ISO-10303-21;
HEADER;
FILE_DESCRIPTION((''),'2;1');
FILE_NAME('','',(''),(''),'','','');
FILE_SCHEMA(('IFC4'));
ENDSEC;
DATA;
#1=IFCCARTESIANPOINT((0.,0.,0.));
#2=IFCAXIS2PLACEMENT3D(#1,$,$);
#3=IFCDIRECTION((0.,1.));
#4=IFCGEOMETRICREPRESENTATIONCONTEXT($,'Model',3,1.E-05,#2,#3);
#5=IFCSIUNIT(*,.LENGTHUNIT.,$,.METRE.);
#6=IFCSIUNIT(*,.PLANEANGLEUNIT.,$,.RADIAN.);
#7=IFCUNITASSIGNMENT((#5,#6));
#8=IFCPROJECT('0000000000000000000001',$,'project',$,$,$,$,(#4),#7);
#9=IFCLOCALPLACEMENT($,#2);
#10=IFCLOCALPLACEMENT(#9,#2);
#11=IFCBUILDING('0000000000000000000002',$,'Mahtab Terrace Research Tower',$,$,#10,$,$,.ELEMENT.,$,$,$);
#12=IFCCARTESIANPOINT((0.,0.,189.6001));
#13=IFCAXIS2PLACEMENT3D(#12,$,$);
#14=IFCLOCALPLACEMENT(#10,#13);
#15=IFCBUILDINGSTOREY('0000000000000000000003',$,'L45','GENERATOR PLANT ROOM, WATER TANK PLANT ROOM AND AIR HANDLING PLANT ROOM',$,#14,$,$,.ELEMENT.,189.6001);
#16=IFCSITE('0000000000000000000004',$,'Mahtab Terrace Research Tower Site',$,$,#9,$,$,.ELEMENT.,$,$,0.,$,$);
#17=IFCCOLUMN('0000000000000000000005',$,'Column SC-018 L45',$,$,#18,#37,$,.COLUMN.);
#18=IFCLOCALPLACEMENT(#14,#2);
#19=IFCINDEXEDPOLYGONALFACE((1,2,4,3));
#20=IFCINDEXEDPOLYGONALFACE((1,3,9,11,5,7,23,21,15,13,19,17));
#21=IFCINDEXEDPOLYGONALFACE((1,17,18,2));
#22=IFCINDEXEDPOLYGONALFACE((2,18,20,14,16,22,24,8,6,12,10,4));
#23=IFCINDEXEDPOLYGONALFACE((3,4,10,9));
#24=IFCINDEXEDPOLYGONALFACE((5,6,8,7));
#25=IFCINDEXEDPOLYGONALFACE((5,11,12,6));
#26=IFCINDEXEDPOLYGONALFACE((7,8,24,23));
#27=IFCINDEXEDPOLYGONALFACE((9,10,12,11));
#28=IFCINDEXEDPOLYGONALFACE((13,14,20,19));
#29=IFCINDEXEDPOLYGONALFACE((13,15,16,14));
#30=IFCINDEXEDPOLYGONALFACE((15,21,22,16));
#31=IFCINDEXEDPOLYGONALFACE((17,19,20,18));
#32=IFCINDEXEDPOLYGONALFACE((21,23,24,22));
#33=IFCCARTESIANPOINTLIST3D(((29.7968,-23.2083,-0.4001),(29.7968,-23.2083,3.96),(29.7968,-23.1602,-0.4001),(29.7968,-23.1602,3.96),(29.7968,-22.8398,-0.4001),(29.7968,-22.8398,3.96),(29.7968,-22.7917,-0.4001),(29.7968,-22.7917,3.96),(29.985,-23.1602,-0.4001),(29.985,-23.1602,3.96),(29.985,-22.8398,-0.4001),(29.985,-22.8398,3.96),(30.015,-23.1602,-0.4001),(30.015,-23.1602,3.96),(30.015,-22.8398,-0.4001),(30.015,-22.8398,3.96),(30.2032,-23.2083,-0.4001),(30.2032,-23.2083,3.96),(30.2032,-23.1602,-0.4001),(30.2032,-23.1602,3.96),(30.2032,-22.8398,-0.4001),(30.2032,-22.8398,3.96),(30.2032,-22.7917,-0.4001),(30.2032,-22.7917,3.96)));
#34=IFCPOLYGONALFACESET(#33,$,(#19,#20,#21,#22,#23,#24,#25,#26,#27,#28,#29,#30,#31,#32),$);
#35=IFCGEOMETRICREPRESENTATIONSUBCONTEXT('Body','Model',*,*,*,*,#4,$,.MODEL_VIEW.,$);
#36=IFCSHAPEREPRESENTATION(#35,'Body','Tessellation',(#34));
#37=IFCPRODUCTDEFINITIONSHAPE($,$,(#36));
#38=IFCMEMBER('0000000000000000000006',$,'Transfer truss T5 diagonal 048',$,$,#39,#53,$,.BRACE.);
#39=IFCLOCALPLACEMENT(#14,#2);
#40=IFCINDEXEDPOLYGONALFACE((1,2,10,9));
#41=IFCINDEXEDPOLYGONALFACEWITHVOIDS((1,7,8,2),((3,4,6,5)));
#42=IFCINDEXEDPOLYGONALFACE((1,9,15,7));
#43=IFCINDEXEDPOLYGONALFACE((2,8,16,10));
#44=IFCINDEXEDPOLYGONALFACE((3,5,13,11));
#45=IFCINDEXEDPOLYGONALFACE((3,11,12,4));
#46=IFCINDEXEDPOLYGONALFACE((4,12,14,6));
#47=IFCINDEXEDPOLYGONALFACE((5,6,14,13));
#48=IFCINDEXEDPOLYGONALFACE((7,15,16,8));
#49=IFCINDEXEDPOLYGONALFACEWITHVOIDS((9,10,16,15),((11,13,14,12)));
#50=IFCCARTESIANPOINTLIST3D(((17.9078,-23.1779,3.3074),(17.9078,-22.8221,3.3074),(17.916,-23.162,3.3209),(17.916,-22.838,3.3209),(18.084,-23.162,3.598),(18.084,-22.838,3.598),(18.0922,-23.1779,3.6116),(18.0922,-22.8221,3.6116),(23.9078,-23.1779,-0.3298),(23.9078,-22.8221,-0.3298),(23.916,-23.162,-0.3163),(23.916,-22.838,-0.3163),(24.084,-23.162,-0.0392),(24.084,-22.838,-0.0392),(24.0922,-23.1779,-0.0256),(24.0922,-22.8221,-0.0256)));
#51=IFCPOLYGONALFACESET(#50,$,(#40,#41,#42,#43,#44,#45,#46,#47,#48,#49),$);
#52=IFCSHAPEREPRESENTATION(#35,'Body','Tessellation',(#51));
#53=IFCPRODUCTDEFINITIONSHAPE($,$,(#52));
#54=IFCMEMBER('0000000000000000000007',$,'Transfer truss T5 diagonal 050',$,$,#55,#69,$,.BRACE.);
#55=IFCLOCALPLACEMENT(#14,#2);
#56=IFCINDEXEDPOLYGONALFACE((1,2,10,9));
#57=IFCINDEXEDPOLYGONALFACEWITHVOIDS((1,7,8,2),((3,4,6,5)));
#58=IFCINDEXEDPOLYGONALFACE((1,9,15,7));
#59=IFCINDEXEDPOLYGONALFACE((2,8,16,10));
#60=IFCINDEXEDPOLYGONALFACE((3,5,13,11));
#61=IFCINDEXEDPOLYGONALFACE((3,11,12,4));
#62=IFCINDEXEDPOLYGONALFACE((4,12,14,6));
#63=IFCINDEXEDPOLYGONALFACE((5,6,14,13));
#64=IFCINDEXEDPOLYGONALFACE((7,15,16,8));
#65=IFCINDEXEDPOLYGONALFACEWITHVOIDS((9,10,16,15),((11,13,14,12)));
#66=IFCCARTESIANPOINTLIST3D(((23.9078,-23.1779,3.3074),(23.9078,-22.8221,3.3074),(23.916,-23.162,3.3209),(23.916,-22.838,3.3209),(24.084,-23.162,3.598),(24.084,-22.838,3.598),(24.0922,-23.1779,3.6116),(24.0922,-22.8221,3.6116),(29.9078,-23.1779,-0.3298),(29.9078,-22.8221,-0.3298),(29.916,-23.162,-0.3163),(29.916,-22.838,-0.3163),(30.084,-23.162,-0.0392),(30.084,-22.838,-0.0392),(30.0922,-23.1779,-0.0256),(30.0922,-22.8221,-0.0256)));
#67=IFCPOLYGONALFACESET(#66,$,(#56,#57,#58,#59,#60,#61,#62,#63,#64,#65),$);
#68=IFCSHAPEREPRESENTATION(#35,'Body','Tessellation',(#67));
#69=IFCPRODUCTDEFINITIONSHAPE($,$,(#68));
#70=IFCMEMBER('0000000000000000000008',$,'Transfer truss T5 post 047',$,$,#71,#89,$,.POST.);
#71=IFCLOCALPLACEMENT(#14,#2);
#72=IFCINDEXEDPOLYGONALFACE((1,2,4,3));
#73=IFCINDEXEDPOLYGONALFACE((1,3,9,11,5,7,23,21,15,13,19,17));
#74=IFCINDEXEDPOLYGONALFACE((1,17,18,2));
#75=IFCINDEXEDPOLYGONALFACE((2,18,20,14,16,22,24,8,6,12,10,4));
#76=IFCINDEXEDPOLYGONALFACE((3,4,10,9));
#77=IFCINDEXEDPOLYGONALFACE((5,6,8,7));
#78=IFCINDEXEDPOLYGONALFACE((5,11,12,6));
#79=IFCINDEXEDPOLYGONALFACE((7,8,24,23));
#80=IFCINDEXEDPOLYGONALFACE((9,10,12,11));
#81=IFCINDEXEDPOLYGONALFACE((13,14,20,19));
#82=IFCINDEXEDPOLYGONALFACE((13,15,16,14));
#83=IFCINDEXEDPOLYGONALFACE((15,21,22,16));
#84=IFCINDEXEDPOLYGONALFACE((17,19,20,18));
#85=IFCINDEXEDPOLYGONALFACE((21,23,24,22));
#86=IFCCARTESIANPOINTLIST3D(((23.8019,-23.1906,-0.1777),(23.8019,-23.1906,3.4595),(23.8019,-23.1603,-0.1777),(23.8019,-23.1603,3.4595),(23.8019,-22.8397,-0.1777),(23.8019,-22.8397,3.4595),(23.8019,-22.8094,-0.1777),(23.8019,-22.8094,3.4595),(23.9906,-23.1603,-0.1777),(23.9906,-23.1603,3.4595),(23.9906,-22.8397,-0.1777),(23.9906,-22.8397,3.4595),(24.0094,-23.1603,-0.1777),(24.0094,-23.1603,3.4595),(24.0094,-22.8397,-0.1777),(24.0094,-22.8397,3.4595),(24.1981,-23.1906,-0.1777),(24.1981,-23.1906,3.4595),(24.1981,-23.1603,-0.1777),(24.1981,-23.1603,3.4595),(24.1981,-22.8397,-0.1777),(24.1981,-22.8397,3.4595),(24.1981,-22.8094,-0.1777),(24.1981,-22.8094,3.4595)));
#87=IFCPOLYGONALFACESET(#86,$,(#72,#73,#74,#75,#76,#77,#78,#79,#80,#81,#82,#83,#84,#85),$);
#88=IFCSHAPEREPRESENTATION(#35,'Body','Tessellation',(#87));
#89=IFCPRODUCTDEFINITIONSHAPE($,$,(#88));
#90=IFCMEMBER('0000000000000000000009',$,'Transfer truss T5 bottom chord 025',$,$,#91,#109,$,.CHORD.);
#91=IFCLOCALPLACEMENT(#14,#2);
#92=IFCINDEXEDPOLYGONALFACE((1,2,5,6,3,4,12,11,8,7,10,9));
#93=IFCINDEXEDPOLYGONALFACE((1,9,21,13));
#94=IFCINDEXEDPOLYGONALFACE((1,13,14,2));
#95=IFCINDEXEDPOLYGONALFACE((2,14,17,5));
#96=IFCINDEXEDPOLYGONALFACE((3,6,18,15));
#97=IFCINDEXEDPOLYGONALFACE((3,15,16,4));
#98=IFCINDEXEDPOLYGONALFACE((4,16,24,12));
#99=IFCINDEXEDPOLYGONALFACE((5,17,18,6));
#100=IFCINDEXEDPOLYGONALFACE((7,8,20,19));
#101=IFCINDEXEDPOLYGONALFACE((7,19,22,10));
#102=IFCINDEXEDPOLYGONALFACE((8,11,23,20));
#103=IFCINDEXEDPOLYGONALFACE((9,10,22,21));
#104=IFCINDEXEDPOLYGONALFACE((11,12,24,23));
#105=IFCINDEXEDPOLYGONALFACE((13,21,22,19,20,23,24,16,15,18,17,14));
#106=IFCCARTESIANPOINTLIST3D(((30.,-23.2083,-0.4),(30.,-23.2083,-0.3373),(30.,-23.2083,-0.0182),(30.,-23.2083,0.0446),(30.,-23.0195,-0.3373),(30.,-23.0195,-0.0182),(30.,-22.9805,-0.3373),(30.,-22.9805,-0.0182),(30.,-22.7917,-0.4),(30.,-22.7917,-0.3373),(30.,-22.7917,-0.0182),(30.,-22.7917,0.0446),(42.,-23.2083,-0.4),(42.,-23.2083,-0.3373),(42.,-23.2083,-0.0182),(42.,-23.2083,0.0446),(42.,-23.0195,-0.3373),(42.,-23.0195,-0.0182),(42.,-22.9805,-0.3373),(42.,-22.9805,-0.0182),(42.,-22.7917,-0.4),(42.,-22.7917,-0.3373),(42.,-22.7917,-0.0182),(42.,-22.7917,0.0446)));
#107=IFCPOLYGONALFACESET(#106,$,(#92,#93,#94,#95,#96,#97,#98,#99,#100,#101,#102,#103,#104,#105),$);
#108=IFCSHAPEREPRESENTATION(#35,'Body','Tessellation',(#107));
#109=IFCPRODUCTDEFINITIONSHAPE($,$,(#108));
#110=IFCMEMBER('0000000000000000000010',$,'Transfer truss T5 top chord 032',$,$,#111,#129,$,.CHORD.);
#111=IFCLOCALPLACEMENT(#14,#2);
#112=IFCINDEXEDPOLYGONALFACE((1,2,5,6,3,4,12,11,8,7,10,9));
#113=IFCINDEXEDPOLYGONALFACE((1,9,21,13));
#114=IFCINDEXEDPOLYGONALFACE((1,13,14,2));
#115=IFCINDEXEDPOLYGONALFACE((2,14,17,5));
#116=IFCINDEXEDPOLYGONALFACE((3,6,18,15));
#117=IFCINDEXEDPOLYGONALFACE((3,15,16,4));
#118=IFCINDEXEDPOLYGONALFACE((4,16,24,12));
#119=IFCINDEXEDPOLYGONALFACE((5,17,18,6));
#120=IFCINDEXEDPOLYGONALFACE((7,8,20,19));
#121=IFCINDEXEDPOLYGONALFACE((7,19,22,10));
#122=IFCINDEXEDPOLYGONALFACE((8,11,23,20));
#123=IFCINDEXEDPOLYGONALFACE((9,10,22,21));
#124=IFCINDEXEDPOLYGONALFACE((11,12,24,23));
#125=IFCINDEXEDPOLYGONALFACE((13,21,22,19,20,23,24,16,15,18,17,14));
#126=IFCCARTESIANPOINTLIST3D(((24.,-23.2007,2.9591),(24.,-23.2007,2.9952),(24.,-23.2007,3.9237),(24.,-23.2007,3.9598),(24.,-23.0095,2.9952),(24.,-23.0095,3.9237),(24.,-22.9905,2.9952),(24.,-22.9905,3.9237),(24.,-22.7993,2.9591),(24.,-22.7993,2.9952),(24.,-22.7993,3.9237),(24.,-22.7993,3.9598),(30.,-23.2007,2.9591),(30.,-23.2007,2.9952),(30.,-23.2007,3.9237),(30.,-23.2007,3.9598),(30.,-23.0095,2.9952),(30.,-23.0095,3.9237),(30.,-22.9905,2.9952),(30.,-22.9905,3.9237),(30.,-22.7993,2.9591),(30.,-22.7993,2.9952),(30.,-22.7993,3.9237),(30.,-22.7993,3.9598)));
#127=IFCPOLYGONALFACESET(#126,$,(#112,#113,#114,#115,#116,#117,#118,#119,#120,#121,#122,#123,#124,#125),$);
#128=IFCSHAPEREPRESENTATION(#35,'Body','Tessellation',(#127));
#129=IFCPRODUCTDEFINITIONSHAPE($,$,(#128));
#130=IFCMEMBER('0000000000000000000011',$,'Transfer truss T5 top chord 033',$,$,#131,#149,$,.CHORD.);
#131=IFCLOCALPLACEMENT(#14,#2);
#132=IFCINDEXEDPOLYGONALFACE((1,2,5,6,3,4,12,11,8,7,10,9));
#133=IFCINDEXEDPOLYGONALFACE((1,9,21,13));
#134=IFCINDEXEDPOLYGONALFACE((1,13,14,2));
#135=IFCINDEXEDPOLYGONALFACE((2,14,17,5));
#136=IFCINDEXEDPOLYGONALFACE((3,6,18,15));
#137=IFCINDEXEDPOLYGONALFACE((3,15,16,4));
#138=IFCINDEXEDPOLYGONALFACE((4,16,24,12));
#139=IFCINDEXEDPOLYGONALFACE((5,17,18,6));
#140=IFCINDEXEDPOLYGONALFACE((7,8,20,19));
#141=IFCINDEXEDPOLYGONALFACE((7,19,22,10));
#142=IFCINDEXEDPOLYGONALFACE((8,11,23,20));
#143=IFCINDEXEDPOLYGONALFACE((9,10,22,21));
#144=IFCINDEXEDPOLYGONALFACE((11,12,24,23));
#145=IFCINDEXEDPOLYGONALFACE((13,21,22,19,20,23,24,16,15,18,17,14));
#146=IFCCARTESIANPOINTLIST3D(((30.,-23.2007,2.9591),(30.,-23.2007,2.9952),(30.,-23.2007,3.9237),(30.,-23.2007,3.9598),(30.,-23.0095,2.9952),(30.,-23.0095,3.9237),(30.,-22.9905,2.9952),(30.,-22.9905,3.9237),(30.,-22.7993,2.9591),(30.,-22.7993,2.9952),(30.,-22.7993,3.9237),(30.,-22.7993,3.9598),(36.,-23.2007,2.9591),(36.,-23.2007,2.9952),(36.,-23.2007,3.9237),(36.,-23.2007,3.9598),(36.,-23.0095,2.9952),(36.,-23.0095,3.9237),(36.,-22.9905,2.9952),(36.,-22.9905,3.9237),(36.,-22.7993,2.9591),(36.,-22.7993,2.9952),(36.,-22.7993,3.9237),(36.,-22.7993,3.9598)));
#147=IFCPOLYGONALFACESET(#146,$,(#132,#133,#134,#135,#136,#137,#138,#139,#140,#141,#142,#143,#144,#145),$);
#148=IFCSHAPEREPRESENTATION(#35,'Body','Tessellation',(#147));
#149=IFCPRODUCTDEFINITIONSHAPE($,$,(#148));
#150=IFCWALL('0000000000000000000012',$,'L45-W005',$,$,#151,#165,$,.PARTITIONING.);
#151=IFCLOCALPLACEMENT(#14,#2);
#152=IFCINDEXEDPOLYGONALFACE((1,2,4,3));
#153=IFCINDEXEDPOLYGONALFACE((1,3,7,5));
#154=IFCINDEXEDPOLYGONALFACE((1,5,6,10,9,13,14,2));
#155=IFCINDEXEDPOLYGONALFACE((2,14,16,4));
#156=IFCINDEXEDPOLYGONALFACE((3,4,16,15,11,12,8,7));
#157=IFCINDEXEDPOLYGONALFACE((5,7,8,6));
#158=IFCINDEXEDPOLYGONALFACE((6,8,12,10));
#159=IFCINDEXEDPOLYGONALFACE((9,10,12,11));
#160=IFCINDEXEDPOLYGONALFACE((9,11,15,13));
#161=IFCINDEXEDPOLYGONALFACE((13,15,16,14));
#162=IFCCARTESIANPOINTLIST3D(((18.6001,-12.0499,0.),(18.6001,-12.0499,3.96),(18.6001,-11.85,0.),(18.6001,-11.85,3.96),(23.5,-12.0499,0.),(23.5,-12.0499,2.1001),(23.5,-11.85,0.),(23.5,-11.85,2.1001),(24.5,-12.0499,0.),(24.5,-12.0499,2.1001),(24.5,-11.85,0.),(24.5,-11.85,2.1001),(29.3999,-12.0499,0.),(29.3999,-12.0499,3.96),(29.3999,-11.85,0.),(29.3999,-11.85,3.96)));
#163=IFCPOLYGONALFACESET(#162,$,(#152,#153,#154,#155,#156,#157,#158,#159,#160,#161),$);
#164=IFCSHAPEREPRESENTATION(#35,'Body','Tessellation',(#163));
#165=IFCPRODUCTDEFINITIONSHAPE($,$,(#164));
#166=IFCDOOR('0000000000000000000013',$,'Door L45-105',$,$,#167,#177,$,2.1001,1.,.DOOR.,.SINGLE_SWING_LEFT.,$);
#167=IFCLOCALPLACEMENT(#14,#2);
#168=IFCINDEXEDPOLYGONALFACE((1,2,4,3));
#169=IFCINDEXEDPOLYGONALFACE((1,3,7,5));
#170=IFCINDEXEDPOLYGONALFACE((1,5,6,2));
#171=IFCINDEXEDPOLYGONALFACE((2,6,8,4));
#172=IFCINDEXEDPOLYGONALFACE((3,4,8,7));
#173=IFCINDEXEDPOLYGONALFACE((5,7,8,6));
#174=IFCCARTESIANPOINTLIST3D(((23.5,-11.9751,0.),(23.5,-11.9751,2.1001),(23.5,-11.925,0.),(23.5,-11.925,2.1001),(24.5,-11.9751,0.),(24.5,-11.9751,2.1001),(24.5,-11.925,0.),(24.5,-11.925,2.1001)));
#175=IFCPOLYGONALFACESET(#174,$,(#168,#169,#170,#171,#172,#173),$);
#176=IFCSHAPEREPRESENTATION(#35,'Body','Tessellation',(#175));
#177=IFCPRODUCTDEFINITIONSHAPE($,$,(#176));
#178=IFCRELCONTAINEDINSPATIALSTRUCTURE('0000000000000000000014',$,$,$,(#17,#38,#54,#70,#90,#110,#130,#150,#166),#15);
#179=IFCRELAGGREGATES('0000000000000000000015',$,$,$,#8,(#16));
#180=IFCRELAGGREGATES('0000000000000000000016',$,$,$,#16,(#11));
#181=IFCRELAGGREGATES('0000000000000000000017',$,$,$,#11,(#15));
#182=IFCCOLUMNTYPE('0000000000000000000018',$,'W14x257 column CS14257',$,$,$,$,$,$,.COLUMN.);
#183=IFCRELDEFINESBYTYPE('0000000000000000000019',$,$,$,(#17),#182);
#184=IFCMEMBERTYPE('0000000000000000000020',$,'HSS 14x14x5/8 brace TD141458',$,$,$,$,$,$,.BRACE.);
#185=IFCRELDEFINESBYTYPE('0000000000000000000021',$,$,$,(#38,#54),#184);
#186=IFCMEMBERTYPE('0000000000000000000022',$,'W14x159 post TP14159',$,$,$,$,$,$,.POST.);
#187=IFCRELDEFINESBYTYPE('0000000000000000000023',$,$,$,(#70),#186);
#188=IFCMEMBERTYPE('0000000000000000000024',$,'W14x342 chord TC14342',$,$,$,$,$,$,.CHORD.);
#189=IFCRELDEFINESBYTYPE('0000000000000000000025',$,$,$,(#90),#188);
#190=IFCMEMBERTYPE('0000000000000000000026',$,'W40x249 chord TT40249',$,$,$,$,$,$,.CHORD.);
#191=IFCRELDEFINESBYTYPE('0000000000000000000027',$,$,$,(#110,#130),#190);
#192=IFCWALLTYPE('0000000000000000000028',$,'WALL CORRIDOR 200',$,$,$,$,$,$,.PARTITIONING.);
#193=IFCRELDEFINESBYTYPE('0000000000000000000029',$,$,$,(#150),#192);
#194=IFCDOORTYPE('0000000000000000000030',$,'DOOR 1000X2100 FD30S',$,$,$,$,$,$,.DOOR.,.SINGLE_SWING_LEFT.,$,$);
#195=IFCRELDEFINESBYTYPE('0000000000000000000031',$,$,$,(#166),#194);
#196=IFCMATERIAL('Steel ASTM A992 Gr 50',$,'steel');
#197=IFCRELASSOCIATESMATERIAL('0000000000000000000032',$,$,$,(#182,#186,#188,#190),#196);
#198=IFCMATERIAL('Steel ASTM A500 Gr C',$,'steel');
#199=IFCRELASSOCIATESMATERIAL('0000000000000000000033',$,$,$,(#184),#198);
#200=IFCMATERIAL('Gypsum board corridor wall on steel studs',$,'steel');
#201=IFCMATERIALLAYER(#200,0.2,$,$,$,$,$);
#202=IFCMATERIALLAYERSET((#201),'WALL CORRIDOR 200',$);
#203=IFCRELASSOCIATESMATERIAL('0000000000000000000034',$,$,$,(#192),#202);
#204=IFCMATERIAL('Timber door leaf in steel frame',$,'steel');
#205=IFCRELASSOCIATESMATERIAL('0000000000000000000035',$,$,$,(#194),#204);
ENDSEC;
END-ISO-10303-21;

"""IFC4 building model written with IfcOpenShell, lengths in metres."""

from ifc_helpers import new_model, si_unit, direction, frame, frame_2d, origin, origin_2d, place, context, subcontext, project, spatial, rectangle, hollow_rectangle, i_section, extrude, material, layer, layer_set, material_profile, profile_set, type_object, element, fill, save


model = new_model("IFC4")

# Units and contexts
model_context = context("Model", 3, precision=1e-05, world=origin(), true_north=direction((0.0, 1.0)))
body_context = subcontext(model_context, "Body", "Model", "MODEL_VIEW")
ifc_project = project(units=[si_unit("LENGTHUNIT", "METRE"), si_unit("PLANEANGLEUNIT", "RADIAN")], contexts=[model_context])

# Site, building, storey
site_placement = place(None, origin())
site = spatial("IfcSite", under=ifc_project, at=site_placement, Name="Mahtab Terrace Research Tower Site", CompositionType="ELEMENT", RefElevation=0.0)
building_placement = place(site_placement, origin())
building = spatial("IfcBuilding", under=site, at=building_placement, Name="Mahtab Terrace Research Tower", CompositionType="ELEMENT")
storey_placement = place(building_placement, frame((0.0, 0.0, 189.6001)))
storey = spatial("IfcBuildingStorey", under=building, at=storey_placement, Name="L45", Description="GENERATOR PLANT ROOM, WATER TANK PLANT ROOM AND AIR HANDLING PLANT ROOM", CompositionType="ELEMENT", Elevation=189.6001)

# Column
ifc_material_1 = material(Name="Steel ASTM A992 Gr 50", Category="steel")
ifc_material_profile_1 = material_profile(ifc_material_1, i_section(OverallWidth=0.4065, OverallDepth=0.4165, WebThickness=0.03, FlangeThickness=0.0481, at=origin_2d()), Name="W14X257")
ifc_profile_set_1 = profile_set([ifc_material_profile_1], Name="Steel ASTM A992 Gr 50")
column_type = type_object("IfcColumnType", Name="W14x257 column CS14257", PredefinedType="COLUMN", material=ifc_profile_set_1)
column_placement = place(storey_placement, frame((30.0, -23.0, -0.4001), z_axis=(0.0, 0.0, 1.0), x_axis=(1.0, 0.0, 0.0)))
element("IfcColumn", 1, at=column_placement, inside=storey, type_object=column_type, Name="Column SC-018 L45", PredefinedType="COLUMN", context=body_context, shape_type="SweptSolid", body=[
    extrude(i_section(OverallWidth=0.4065, OverallDepth=0.4165, WebThickness=0.03, FlangeThickness=0.0481, at=origin_2d()), origin(), (0.0, 0.0, 1.0), 4.3601),
])

# Members
ifc_material_2 = material(Name="Steel ASTM A500 Gr C", Category="steel")
ifc_material_profile_2 = material_profile(ifc_material_2, hollow_rectangle(XDim=0.3557, YDim=0.3557, WallThickness=0.0159, at=origin_2d()), Name="HSS14X14X5/8")
ifc_profile_set_2 = profile_set([ifc_material_profile_2], Name="Steel ASTM A500 Gr C")
member_type_1 = type_object("IfcMemberType", Name="HSS 14x14x5/8 brace TD141458", PredefinedType="BRACE", material=ifc_profile_set_2)
for number, where, z_axis, x_axis, name in (
    (2, (24.0, -23.0, -0.1777), (-0.855145, 0.0, 0.51839), (0.0, -1.0, 0.0), "Transfer truss T5 diagonal 048"),
    (3, (30.0, -23.0, -0.1777), (-0.855145, 0.0, 0.51839), (0.0, -1.0, 0.0), "Transfer truss T5 diagonal 050"),
):
    element("IfcMember", number, at=place(storey_placement, frame(where, z_axis=z_axis, x_axis=x_axis)), inside=storey, type_object=member_type_1, Name=name, PredefinedType="BRACE", context=body_context, shape_type="SweptSolid", body=[
        extrude(hollow_rectangle(XDim=0.3557, YDim=0.3557, WallThickness=0.0159, at=origin_2d()), origin(), (0.0, 0.0, 1.0), 7.0164),
    ])
ifc_material_profile_3 = material_profile(ifc_material_1, i_section(OverallWidth=0.3962, OverallDepth=0.3811, WebThickness=0.0188, FlangeThickness=0.0303, at=origin_2d()), Name="W14X159")
ifc_profile_set_3 = profile_set([ifc_material_profile_3], Name="Steel ASTM A992 Gr 50")
member_type_2 = type_object("IfcMemberType", Name="W14x159 post TP14159", PredefinedType="POST", material=ifc_profile_set_3)
member_1_placement = place(storey_placement, frame((24.0, -23.0, -0.1777), z_axis=(0.0, 0.0, 1.0), x_axis=(1.0, 0.0, 0.0)))
element("IfcMember", 4, at=member_1_placement, inside=storey, type_object=member_type_2, Name="Transfer truss T5 post 047", PredefinedType="POST", context=body_context, shape_type="SweptSolid", body=[
    extrude(i_section(OverallWidth=0.3962, OverallDepth=0.3811, WebThickness=0.0188, FlangeThickness=0.0303, at=origin_2d()), origin(), (0.0, 0.0, 1.0), 3.6372),
])
ifc_material_profile_4 = material_profile(ifc_material_1, i_section(OverallWidth=0.4165, OverallDepth=0.4446, WebThickness=0.0391, FlangeThickness=0.0627, at=origin_2d()), Name="W14X342")
ifc_profile_set_4 = profile_set([ifc_material_profile_4], Name="Steel ASTM A992 Gr 50")
member_type_3 = type_object("IfcMemberType", Name="W14x342 chord TC14342", PredefinedType="CHORD", material=ifc_profile_set_4)
member_2_placement = place(storey_placement, frame((30.0, -23.0, -0.1777), z_axis=(1.0, 0.0, 0.0), x_axis=(0.0, 1.0, 0.0)))
element("IfcMember", 5, at=member_2_placement, inside=storey, type_object=member_type_3, Name="Transfer truss T5 bottom chord 025", PredefinedType="CHORD", context=body_context, shape_type="SweptSolid", body=[
    extrude(i_section(OverallWidth=0.4165, OverallDepth=0.4446, WebThickness=0.0391, FlangeThickness=0.0627, at=origin_2d()), origin(), (0.0, 0.0, 1.0), 12.0),
])
ifc_material_profile_5 = material_profile(ifc_material_1, i_section(OverallWidth=0.4014, OverallDepth=1.0007, WebThickness=0.019, FlangeThickness=0.0361, at=origin_2d()), Name="W40X249")
ifc_profile_set_5 = profile_set([ifc_material_profile_5], Name="Steel ASTM A992 Gr 50")
member_type_4 = type_object("IfcMemberType", Name="W40x249 chord TT40249", PredefinedType="CHORD", material=ifc_profile_set_5)
for number, where, z_axis, x_axis, name in (
    (6, (24.0, -23.0, 3.4595), (1.0, 0.0, 0.0), (0.0, 1.0, 0.0), "Transfer truss T5 top chord 032"),
    (7, (30.0, -23.0, 3.4595), (1.0, 0.0, 0.0), (0.0, 1.0, 0.0), "Transfer truss T5 top chord 033"),
):
    element("IfcMember", number, at=place(storey_placement, frame(where, z_axis=z_axis, x_axis=x_axis)), inside=storey, type_object=member_type_4, Name=name, PredefinedType="CHORD", context=body_context, shape_type="SweptSolid", body=[
        extrude(i_section(OverallWidth=0.4014, OverallDepth=1.0007, WebThickness=0.019, FlangeThickness=0.0361, at=origin_2d()), origin(), (0.0, 0.0, 1.0), 6.0),
    ])

# Wall, opening, door
ifc_material_3 = material(Name="Gypsum board corridor wall on steel studs", Category="steel")
ifc_layer_1 = layer(ifc_material_3, 0.2)
ifc_layer_set_1 = layer_set([ifc_layer_1], Name="WALL CORRIDOR 200")
wall_type_1 = type_object("IfcWallType", Name="WALL CORRIDOR 200", PredefinedType="PARTITIONING", material=ifc_layer_set_1)
wall_placement = place(storey_placement, frame((18.6001, -11.95, 0.0), z_axis=(0.0, 0.0, 1.0), x_axis=(1.0, 0.0, 0.0)))
wall = element("IfcWall", 8, at=wall_placement, inside=storey, type_object=wall_type_1, Name="L45-W005", PredefinedType="PARTITIONING", context=body_context, shape_type="SweptSolid", body=[
    extrude(rectangle(XDim=10.7998, YDim=0.2, at=frame_2d((5.3999, 0.0))), origin(), (0.0, 0.0, 1.0), 3.96),
])
opening_placement = place(wall_placement, frame((4.8999, 0.0, 0.0)))
opening = element("IfcOpeningElement", 9, at=opening_placement, cuts=wall, PredefinedType="OPENING", context=body_context, shape_type="SweptSolid", body=[
    extrude(rectangle(XDim=1.0, YDim=2.1001, at=frame_2d((0.5, 1.05))), frame((0.0, 0.1099, 0.0), z_axis=(0.0, -1.0, 0.0), x_axis=(1.0, 0.0, 0.0)), (0.0, 0.0, 1.0), 0.22),
])
ifc_material_4 = material(Name="Timber door leaf in steel frame", Category="steel")
door_type = type_object("IfcDoorType", Name="DOOR 1000X2100 FD30S", OperationType="SINGLE_SWING_LEFT", PredefinedType="DOOR", material=ifc_material_4)
door_placement = place(opening_placement, origin())
door = element("IfcDoor", 10, at=door_placement, inside=storey, type_object=door_type, Name="Door L45-105", OperationType="SINGLE_SWING_LEFT", OverallHeight=2.1001, OverallWidth=1.0, PredefinedType="DOOR", context=body_context, shape_type="SweptSolid", body=[
    extrude(rectangle(XDim=1.0, YDim=2.1001, at=frame_2d((0.5, 1.05))), frame((0.0, 0.0249, 0.0), z_axis=(0.0, -1.0, 0.0), x_axis=(1.0, 0.0, 0.0)), (0.0, 0.0, 1.0), 0.05),
])
fill(opening, door)

save(model, "model.ifc")
